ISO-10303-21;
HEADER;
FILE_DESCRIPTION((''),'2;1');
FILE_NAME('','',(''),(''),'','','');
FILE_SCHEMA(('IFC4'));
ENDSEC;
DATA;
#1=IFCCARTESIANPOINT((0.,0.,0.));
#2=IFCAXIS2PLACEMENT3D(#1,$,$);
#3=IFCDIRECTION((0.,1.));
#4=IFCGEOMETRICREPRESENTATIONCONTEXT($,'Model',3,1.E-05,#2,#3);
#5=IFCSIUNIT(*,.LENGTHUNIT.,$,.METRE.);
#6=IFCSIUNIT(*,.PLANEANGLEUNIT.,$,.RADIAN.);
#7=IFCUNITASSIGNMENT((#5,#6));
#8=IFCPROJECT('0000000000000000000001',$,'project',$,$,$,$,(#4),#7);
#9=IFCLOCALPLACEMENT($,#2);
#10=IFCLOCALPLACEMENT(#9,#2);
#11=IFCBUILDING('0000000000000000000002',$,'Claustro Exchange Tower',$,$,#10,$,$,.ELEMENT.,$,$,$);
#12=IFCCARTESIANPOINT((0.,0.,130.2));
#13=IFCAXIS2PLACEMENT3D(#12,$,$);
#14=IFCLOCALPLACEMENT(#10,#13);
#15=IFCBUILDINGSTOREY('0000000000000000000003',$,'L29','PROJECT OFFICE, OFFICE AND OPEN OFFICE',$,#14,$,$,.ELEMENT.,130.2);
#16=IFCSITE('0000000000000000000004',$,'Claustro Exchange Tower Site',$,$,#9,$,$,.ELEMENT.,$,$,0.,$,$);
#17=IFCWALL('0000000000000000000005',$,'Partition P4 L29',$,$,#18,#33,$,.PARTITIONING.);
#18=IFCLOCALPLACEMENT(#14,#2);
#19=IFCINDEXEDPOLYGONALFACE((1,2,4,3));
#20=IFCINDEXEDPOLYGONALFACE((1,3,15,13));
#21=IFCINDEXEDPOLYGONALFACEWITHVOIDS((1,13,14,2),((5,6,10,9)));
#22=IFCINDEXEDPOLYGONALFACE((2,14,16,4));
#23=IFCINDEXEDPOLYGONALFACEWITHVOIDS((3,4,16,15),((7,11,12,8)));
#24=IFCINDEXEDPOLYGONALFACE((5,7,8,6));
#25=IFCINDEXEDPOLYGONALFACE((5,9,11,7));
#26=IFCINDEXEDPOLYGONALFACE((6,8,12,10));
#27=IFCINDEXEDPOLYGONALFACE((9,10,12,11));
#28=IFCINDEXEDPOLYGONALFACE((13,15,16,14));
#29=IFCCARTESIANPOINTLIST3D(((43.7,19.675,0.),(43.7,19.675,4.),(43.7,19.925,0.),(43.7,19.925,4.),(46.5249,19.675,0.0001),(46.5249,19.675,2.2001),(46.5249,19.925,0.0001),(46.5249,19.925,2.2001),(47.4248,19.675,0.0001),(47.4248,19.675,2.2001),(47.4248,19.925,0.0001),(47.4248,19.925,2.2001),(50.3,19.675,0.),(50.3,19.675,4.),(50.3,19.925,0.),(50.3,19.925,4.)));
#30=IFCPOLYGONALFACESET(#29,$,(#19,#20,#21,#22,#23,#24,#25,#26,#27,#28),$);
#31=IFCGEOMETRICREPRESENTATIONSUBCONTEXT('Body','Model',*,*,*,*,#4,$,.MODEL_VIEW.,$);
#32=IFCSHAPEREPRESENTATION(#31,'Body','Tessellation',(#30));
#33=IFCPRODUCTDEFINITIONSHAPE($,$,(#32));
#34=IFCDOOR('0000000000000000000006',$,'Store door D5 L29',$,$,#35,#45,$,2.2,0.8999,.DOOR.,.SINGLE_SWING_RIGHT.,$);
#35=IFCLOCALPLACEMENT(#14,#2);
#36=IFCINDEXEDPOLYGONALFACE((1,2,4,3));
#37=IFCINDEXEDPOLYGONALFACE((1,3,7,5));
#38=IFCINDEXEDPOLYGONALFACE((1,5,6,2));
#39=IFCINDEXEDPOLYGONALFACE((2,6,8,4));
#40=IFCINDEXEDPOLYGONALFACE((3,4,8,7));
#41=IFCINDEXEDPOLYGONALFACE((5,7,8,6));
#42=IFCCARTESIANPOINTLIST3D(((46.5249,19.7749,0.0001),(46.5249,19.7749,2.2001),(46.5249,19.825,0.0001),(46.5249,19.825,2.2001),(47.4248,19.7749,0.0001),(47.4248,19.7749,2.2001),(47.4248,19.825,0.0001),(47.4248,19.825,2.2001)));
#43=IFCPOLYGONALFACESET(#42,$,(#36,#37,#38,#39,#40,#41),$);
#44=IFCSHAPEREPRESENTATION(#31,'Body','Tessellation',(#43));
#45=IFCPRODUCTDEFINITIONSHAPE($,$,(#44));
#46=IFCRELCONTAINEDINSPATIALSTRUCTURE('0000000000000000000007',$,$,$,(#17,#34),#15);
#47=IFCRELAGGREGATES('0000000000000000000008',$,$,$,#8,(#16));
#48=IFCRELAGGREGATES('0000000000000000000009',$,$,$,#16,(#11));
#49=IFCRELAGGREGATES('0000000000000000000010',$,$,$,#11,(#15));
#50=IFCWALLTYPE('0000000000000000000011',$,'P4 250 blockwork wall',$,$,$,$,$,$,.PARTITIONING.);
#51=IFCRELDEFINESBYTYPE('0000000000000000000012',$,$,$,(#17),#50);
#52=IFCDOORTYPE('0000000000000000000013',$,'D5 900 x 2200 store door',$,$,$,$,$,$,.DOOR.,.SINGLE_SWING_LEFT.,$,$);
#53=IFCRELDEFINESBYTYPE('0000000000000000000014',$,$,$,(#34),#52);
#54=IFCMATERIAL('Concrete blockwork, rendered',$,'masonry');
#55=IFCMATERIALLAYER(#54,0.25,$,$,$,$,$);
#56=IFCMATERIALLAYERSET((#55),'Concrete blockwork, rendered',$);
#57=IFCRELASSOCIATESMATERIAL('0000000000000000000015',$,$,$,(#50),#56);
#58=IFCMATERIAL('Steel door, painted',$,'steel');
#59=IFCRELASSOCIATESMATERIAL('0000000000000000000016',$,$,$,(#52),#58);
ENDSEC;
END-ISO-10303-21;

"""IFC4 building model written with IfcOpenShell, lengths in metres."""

from ifc_helpers import new_model, si_unit, direction, frame, frame_2d, origin, place, context, subcontext, project, spatial, rectangle, extrude, material, layer, layer_set, type_object, element, fill, save


model = new_model("IFC4")

# Units and contexts
model_context = context("Model", 3, precision=1e-05, world=origin(), true_north=direction((0.0, 1.0)))
body_context = subcontext(model_context, "Body", "Model", "MODEL_VIEW")
ifc_project = project(units=[si_unit("LENGTHUNIT", "METRE"), si_unit("PLANEANGLEUNIT", "RADIAN")], contexts=[model_context])

# Site, building, storey
site_placement = place(None, origin())
site = spatial("IfcSite", under=ifc_project, at=site_placement, Name="Claustro Exchange Tower Site", CompositionType="ELEMENT", RefElevation=0.0)
building_placement = place(site_placement, origin())
building = spatial("IfcBuilding", under=site, at=building_placement, Name="Claustro Exchange Tower", CompositionType="ELEMENT")
storey_placement = place(building_placement, frame((0.0, 0.0, 130.2)))
storey = spatial("IfcBuildingStorey", under=building, at=storey_placement, Name="L29", Description="PROJECT OFFICE, OFFICE AND OPEN OFFICE", CompositionType="ELEMENT", Elevation=130.2)

# Wall, opening, door
ifc_material_1 = material(Name="Concrete blockwork, rendered", Category="masonry")
ifc_layer_1 = layer(ifc_material_1, 0.25)
ifc_layer_set_1 = layer_set([ifc_layer_1], Name="Concrete blockwork, rendered")
wall_type_1 = type_object("IfcWallType", Name="P4 250 blockwork wall", PredefinedType="PARTITIONING", material=ifc_layer_set_1)
wall_1_placement = place(storey_placement, frame((43.7, 19.8, 0.0), z_axis=(0.0, 0.0, 1.0), x_axis=(1.0, 0.0, 0.0)))
wall_1 = element("IfcWall", 1, at=wall_1_placement, inside=storey, type_object=wall_type_1, Name="Partition P4 L29", PredefinedType="PARTITIONING", context=body_context, shape_type="SweptSolid", body=[
    extrude(rectangle(XDim=6.6001, YDim=0.25, at=frame_2d((3.3, 0.0))), origin(), (0.0, 0.0, 1.0), 4.0),
])
opening_1_placement = place(wall_1_placement, frame((2.825, 0.0, 0.0)))
opening_1 = element("IfcOpeningElement", 2, at=opening_1_placement, cuts=wall_1, PredefinedType="OPENING", context=body_context, shape_type="SweptSolid", body=[
    extrude(rectangle(XDim=0.8999, YDim=2.2, at=frame_2d((0.45, 1.1001))), frame((0.0, 0.135, 0.0), z_axis=(0.0, -1.0, 0.0), x_axis=(1.0, 0.0, 0.0)), (0.0, 0.0, 1.0), 0.27),
])
ifc_material_2 = material(Name="Steel door, painted", Category="steel")
door_type_1 = type_object("IfcDoorType", Name="D5 900 x 2200 store door", OperationType="SINGLE_SWING_LEFT", PredefinedType="DOOR", material=ifc_material_2)
door_1_placement = place(opening_1_placement, origin())
door_1 = element("IfcDoor", 3, at=door_1_placement, inside=storey, type_object=door_type_1, Name="Store door D5 L29", OperationType="SINGLE_SWING_RIGHT", OverallHeight=2.2, OverallWidth=0.8999, PredefinedType="DOOR", context=body_context, shape_type="SweptSolid", body=[
    extrude(rectangle(XDim=0.8999, YDim=2.2, at=frame_2d((0.45, 1.1001))), frame((0.0, 0.0249, 0.0), z_axis=(0.0, -1.0, 0.0), x_axis=(1.0, 0.0, 0.0)), (0.0, 0.0, 1.0), 0.05),
])
fill(opening_1, door_1)

save(model, "model.ifc")
